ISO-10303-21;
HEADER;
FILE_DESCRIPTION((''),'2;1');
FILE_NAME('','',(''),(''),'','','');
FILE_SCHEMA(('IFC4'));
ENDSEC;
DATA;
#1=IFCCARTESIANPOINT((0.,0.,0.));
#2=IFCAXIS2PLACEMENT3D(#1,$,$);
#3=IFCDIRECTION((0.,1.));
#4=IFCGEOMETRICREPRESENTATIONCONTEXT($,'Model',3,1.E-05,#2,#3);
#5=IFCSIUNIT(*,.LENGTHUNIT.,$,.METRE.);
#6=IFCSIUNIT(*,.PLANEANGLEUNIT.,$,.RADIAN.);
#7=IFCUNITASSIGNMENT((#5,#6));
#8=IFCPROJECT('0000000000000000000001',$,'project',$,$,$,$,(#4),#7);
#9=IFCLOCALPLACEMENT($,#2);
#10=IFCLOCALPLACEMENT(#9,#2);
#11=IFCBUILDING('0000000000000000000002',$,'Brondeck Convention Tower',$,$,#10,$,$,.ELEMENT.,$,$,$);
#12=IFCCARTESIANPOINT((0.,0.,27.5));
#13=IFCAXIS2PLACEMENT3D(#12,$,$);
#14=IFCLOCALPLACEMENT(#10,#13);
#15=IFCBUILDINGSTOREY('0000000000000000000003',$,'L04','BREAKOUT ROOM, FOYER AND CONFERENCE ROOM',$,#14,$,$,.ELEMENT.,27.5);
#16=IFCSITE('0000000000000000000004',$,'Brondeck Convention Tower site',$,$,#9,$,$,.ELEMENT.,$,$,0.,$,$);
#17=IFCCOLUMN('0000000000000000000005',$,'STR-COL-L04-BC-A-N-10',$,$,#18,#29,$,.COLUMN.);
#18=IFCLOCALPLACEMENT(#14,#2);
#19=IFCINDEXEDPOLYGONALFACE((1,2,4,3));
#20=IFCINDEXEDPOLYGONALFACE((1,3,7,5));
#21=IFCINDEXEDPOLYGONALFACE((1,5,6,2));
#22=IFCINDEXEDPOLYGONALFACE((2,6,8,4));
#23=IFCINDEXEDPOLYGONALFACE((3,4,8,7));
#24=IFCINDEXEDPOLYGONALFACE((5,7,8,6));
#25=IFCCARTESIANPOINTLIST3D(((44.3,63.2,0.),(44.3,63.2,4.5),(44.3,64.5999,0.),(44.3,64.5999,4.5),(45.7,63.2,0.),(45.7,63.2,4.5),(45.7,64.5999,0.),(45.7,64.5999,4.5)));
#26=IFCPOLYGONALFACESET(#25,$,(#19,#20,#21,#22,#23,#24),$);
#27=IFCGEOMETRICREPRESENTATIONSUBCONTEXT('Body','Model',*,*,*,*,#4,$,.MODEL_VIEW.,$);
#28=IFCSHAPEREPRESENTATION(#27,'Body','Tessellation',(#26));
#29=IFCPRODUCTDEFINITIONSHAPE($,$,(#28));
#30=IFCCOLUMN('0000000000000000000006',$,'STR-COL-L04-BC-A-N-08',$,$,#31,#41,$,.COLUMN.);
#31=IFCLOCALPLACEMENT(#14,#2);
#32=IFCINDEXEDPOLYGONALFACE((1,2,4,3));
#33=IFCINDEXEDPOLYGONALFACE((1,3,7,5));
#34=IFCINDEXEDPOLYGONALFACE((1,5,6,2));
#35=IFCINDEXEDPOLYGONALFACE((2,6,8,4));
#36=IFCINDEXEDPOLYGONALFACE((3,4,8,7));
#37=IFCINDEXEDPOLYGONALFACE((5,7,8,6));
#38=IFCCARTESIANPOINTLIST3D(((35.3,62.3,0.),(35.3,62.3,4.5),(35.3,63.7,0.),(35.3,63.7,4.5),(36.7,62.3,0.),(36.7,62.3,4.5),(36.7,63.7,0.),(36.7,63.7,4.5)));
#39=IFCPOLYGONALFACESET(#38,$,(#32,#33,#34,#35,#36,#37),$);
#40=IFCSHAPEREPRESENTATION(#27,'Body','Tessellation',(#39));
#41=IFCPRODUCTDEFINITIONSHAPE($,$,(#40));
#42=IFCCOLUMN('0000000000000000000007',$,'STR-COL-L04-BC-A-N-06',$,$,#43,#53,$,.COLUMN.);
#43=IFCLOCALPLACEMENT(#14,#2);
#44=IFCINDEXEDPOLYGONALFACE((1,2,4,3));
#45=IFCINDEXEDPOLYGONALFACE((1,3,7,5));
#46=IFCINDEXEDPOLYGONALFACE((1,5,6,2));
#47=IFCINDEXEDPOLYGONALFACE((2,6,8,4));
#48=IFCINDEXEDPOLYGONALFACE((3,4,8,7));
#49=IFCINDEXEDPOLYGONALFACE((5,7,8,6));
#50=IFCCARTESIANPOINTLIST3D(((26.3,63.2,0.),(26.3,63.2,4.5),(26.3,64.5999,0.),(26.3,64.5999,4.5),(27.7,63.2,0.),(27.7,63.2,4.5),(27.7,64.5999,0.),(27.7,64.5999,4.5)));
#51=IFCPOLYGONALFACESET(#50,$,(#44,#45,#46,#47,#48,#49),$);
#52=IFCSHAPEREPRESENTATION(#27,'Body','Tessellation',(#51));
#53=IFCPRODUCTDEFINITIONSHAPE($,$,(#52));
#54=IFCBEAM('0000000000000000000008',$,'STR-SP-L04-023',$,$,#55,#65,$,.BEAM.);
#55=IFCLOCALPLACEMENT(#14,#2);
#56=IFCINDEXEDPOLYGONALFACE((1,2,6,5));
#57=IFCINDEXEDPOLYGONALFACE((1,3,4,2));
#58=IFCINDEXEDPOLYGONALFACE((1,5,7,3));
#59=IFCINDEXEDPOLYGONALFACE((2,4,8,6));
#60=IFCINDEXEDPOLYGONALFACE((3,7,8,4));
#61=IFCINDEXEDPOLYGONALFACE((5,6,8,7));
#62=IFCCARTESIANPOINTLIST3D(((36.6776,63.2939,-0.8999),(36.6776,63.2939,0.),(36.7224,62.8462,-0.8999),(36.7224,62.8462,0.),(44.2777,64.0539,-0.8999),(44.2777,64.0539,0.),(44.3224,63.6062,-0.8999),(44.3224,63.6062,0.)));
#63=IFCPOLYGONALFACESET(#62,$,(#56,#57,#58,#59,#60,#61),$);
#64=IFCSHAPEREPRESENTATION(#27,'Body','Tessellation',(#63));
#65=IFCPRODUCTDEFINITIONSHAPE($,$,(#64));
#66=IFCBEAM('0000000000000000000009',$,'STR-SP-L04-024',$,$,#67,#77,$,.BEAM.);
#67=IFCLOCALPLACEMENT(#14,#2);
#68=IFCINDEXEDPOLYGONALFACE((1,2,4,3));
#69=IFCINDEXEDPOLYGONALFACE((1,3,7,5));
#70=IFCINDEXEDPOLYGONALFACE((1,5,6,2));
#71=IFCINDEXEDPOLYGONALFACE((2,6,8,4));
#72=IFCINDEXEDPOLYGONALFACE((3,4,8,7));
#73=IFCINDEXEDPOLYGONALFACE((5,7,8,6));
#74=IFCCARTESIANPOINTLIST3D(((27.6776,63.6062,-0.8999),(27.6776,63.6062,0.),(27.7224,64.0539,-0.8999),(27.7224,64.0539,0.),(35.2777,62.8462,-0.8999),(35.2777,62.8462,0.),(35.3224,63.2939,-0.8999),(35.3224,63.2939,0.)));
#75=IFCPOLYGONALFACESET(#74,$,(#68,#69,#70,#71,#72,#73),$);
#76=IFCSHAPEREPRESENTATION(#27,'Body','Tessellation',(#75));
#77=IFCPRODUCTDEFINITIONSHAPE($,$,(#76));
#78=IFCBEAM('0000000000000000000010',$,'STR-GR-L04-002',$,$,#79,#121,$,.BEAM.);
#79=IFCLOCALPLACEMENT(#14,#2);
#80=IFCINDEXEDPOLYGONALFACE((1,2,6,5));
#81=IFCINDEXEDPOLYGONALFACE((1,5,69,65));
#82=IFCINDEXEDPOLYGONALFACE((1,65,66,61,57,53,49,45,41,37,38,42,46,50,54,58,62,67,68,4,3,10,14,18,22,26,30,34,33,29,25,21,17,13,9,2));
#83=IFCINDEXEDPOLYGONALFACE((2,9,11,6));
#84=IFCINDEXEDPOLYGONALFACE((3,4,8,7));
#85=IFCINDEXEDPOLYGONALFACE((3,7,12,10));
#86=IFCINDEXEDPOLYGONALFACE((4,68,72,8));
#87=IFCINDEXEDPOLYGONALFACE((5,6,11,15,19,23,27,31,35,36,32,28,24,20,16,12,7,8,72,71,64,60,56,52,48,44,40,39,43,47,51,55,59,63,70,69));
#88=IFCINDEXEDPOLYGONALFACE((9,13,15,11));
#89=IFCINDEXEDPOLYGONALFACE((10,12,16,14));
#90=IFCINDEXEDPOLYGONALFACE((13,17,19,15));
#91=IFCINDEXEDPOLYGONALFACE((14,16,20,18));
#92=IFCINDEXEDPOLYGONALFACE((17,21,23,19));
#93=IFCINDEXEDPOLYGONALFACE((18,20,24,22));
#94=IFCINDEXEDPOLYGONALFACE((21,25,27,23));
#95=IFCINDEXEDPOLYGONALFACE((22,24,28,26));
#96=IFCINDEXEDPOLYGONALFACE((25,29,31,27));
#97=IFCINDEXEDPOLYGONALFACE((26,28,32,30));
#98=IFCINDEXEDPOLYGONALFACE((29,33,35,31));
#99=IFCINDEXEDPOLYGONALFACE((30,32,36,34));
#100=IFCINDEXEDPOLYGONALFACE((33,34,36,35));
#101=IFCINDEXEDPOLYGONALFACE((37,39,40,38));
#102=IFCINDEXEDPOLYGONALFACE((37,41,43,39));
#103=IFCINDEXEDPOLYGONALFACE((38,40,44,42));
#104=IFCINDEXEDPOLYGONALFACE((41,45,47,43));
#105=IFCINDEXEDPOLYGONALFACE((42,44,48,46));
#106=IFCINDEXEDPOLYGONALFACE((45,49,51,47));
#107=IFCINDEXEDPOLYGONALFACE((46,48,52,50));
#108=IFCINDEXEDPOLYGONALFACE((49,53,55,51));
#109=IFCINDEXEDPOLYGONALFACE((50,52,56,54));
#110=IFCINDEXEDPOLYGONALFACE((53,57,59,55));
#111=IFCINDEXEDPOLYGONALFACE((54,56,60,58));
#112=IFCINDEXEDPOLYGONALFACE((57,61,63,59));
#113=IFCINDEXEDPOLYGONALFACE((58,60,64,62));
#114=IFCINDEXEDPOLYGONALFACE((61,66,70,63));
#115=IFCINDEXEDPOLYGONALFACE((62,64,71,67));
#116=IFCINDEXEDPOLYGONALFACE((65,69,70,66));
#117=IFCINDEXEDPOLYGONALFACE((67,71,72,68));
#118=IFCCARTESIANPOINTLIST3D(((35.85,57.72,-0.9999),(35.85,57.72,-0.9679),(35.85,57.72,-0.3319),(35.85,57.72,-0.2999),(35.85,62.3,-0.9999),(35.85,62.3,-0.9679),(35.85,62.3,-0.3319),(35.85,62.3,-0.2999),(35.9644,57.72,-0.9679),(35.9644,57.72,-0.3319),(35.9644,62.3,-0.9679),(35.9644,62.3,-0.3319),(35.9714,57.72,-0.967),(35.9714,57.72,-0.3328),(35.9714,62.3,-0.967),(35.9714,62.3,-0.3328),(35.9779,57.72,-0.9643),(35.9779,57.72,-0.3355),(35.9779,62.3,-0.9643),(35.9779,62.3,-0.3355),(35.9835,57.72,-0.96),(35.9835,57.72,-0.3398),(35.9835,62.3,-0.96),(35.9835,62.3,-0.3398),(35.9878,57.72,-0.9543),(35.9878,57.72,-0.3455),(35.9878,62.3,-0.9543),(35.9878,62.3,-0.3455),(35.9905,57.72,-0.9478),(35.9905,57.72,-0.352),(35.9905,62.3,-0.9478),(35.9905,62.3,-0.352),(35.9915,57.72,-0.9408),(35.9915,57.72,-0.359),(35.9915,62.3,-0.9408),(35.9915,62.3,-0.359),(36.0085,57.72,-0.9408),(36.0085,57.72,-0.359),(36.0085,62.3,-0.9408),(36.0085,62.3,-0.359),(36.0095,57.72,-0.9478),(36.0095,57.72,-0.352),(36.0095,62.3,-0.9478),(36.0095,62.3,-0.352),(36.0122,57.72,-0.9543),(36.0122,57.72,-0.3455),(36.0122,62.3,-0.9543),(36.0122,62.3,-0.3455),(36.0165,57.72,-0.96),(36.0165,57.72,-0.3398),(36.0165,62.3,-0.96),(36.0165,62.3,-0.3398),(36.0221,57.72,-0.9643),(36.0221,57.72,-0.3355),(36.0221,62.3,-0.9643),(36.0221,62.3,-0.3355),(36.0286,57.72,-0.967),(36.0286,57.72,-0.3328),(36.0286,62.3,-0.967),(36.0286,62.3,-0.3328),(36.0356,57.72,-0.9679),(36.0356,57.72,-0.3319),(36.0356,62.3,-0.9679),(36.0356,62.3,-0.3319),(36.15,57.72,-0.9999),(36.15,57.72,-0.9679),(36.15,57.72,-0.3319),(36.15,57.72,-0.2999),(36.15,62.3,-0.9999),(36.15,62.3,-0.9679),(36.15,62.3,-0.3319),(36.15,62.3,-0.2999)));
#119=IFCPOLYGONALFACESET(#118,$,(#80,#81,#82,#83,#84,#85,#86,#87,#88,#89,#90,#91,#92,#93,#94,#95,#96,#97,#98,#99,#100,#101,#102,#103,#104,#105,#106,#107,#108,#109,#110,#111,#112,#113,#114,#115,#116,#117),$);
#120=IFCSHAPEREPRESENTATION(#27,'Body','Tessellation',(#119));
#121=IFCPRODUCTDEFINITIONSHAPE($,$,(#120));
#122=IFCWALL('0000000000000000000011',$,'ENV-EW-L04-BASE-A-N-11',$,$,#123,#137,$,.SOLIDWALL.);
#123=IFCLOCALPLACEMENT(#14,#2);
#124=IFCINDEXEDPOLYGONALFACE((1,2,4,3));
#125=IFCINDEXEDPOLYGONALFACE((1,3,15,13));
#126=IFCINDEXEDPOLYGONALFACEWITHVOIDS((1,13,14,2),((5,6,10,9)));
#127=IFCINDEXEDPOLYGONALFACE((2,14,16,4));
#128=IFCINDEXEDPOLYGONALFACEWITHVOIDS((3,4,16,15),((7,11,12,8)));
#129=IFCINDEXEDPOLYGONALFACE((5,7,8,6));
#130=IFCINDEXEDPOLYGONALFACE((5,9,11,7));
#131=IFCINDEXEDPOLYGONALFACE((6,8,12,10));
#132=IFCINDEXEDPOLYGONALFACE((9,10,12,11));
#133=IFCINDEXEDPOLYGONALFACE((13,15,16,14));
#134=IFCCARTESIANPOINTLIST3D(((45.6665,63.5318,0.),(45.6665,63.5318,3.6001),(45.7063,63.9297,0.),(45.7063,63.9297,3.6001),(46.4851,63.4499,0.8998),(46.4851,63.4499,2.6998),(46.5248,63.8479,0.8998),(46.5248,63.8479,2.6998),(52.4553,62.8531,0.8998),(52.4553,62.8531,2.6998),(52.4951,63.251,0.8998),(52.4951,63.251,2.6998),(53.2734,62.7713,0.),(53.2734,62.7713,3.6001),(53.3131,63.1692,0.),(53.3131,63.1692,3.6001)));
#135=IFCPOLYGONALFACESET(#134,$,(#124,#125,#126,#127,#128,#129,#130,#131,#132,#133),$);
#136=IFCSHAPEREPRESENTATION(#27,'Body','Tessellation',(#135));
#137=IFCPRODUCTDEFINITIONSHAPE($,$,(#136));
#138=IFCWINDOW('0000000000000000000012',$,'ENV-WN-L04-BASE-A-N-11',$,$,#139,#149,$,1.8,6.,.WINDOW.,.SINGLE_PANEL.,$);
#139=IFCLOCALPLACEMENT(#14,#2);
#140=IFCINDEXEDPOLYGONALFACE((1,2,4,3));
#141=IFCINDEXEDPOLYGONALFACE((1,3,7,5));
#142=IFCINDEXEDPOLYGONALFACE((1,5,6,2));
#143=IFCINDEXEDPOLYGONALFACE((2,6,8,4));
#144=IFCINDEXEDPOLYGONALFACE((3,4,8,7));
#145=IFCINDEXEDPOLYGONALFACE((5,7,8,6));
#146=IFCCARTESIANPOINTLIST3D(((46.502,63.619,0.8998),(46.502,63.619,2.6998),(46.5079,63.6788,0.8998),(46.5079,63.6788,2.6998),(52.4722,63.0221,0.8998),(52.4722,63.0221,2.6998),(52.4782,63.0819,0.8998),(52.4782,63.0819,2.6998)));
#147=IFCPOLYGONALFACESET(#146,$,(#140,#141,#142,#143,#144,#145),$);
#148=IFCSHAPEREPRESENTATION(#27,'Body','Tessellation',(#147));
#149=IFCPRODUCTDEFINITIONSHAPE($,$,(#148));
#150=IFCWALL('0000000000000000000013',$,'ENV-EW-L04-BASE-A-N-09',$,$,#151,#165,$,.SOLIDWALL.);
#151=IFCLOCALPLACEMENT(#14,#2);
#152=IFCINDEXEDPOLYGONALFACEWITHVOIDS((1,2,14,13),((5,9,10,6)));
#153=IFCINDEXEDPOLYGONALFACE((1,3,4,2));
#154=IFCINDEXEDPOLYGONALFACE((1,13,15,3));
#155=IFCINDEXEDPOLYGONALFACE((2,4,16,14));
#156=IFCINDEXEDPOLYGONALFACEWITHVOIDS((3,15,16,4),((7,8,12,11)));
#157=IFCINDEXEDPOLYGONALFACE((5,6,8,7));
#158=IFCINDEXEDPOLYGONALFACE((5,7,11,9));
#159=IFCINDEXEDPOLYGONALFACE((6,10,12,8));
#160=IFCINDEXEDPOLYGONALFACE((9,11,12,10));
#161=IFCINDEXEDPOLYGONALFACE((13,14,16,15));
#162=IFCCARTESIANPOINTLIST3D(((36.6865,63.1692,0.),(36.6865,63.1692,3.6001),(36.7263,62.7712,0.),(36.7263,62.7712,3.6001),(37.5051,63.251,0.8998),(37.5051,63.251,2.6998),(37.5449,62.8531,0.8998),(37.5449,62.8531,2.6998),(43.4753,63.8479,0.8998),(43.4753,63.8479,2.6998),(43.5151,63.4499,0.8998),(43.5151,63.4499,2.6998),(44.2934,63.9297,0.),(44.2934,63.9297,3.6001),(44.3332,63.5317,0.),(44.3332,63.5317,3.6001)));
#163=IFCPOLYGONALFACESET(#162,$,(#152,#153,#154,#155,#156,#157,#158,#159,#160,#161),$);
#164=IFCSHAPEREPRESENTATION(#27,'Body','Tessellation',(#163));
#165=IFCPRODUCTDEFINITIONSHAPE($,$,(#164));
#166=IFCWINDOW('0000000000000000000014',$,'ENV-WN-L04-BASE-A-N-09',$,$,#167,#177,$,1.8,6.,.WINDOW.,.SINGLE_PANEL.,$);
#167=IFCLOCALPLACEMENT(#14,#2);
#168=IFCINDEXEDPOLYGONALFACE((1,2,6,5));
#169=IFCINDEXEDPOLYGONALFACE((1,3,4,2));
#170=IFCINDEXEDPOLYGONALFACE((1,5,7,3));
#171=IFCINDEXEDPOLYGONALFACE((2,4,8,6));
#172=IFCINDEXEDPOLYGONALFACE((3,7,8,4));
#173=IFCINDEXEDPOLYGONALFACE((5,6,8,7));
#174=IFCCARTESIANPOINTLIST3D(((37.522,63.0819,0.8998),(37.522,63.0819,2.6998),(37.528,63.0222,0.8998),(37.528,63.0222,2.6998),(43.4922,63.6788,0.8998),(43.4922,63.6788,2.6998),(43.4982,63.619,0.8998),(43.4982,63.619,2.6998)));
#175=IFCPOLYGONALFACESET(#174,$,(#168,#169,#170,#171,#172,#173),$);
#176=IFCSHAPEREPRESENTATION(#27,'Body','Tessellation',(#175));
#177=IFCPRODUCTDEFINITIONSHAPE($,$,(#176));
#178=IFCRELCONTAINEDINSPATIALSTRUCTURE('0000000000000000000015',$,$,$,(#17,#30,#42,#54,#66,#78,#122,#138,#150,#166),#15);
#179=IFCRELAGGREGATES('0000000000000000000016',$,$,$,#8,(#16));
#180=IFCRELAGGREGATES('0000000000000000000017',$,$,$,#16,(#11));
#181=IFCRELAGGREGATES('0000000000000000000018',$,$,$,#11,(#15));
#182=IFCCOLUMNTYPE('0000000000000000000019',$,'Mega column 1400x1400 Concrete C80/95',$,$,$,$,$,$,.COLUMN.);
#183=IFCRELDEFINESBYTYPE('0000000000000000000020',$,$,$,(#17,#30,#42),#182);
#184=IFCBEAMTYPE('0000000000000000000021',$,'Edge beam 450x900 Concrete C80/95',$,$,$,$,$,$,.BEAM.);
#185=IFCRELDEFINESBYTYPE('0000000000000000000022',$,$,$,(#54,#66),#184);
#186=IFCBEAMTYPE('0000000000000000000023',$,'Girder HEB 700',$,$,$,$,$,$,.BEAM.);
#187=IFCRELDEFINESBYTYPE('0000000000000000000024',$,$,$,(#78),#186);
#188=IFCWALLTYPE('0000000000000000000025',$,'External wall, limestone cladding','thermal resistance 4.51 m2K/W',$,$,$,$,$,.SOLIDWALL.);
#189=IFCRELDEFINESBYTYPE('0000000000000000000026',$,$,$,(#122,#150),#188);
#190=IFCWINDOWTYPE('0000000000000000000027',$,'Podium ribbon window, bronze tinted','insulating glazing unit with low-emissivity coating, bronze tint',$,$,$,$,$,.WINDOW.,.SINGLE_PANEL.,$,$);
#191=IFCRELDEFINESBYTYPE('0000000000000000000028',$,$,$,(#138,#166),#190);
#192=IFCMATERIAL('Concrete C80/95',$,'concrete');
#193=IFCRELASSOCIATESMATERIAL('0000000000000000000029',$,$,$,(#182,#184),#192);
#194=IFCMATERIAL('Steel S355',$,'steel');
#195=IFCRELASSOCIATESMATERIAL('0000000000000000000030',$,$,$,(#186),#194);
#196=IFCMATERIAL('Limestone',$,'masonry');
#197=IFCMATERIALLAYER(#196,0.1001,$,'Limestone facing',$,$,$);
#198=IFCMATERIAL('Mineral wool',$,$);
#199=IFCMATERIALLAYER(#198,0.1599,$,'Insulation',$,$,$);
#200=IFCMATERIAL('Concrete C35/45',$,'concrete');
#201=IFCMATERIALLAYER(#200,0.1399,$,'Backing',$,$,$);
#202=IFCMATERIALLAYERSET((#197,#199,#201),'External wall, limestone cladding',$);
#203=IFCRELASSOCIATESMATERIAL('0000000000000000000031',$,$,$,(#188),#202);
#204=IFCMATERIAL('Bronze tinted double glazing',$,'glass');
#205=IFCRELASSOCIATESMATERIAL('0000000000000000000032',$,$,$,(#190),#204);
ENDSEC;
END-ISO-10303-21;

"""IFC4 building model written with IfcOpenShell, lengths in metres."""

from ifc_helpers import new_model, si_unit, direction, frame, frame_2d, origin, origin_2d, place, context, subcontext, project, spatial, rectangle, i_section, extrude, material, layer, layer_set, material_profile, profile_set, type_object, element, fill, save


model = new_model("IFC4")

# Units and contexts
model_context = context("Model", 3, precision=1e-05, world=origin(), true_north=direction((0.0, 1.0)))
body_context = subcontext(model_context, "Body", "Model", "MODEL_VIEW")
ifc_project = project(units=[si_unit("LENGTHUNIT", "METRE"), si_unit("PLANEANGLEUNIT", "RADIAN")], contexts=[model_context])

# Site, building, storey
site_placement = place(None, origin())
site = spatial("IfcSite", under=ifc_project, at=site_placement, Name="Brondeck Convention Tower site", CompositionType="ELEMENT", RefElevation=0.0)
building_placement = place(site_placement, origin())
building = spatial("IfcBuilding", under=site, at=building_placement, Name="Brondeck Convention Tower", CompositionType="ELEMENT")
storey_placement = place(building_placement, frame((0.0, 0.0, 27.5)))
storey = spatial("IfcBuildingStorey", under=building, at=storey_placement, Name="L04", Description="BREAKOUT ROOM, FOYER AND CONFERENCE ROOM", CompositionType="ELEMENT", Elevation=27.5)

# Columns
ifc_material_1 = material(Name="Concrete C80/95", Category="concrete")
ifc_material_profile_1 = material_profile(ifc_material_1, rectangle(XDim=1.3999, YDim=1.3999, at=origin_2d()), Name="Mega column 1400x1400 Concrete C80/95")
ifc_profile_set_1 = profile_set([ifc_material_profile_1], Name="Concrete C80/95")
column_type = type_object("IfcColumnType", Name="Mega column 1400x1400 Concrete C80/95", PredefinedType="COLUMN", material=ifc_profile_set_1)
for number, where, z_axis, x_axis, name in (
    (1, (45.0, 63.8999, 0.0), (0.0, 0.0, 1.0), (1.0, 0.0, 0.0), "STR-COL-L04-BC-A-N-10"),
    (2, (36.0, 63.0, 0.0), (0.0, 0.0, 1.0), (1.0, 0.0, 0.0), "STR-COL-L04-BC-A-N-08"),
    (3, (27.0, 63.8999, 0.0), (0.0, 0.0, 1.0), (1.0, 0.0, 0.0), "STR-COL-L04-BC-A-N-06"),
):
    element("IfcColumn", number, at=place(storey_placement, frame(where, z_axis=z_axis, x_axis=x_axis)), inside=storey, type_object=column_type, Name=name, PredefinedType="COLUMN", context=body_context, shape_type="SweptSolid", body=[
        extrude(rectangle(XDim=1.3999, YDim=1.3999, at=origin_2d()), origin(), (0.0, 0.0, 1.0), 4.5),
    ])

# Beams
ifc_material_profile_2 = material_profile(ifc_material_1, rectangle(XDim=0.45, YDim=0.8999, at=origin_2d()), Name="Edge beam 450x900 Concrete C80/95")
ifc_profile_set_2 = profile_set([ifc_material_profile_2], Name="Concrete C80/95")
beam_type_1 = type_object("IfcBeamType", Name="Edge beam 450x900 Concrete C80/95", PredefinedType="BEAM", material=ifc_profile_set_2)
for number, where, z_axis, x_axis, name in (
    (4, (44.3, 63.8301, -0.45), (-0.995037, -0.099504, 0.0), (0.099504, -0.995037, 0.0), "STR-SP-L04-023"),
    (5, (35.3, 63.0701, -0.45), (-0.995037, 0.099504, 0.0), (-0.099504, -0.995037, 0.0), "STR-SP-L04-024"),
):
    element("IfcBeam", number, at=place(storey_placement, frame(where, z_axis=z_axis, x_axis=x_axis)), inside=storey, type_object=beam_type_1, Name=name, PredefinedType="BEAM", context=body_context, shape_type="SweptSolid", body=[
        extrude(rectangle(XDim=0.45, YDim=0.8999, at=origin_2d()), origin(), (0.0, 0.0, 1.0), 7.6379),
    ])
ifc_material_2 = material(Name="Steel S355", Category="steel")
ifc_material_profile_3 = material_profile(ifc_material_2, i_section(OverallWidth=0.3, OverallDepth=0.7, WebThickness=0.0171, FlangeThickness=0.032, FilletRadius=0.0271, at=origin_2d()), Name="HEB 700")
ifc_profile_set_3 = profile_set([ifc_material_profile_3], Name="Steel S355")
beam_type_2 = type_object("IfcBeamType", Name="Girder HEB 700", PredefinedType="BEAM", material=ifc_profile_set_3)
beam_placement = place(storey_placement, frame((36.0, 57.72, -0.6499), z_axis=(0.0, 1.0, 0.0), x_axis=(-1.0, 0.0, 0.0)))
element("IfcBeam", 6, at=beam_placement, inside=storey, type_object=beam_type_2, Name="STR-GR-L04-002", PredefinedType="BEAM", context=body_context, shape_type="SweptSolid", body=[
    extrude(i_section(OverallWidth=0.3, OverallDepth=0.7, WebThickness=0.0171, FlangeThickness=0.032, FilletRadius=0.0271, at=origin_2d()), origin(), (0.0, 0.0, 1.0), 4.5801),
])

# Walls, openings, windows
ifc_material_3 = material(Name="Limestone", Category="masonry")
ifc_layer_1 = layer(ifc_material_3, 0.1001, Name="Limestone facing")
ifc_material_4 = material(Name="Mineral wool")
ifc_layer_2 = layer(ifc_material_4, 0.1599, Name="Insulation")
ifc_material_5 = material(Name="Concrete C35/45", Category="concrete")
ifc_layer_3 = layer(ifc_material_5, 0.1399, Name="Backing")
ifc_layer_set_1 = layer_set([ifc_layer_1, ifc_layer_2, ifc_layer_3], Name="External wall, limestone cladding")
wall_type_1 = type_object("IfcWallType", Name="External wall, limestone cladding", Description="thermal resistance 4.51 m2K/W", PredefinedType="SOLIDWALL", material=ifc_layer_set_1)
wall_1_placement = place(storey_placement, frame((45.6865, 63.7307, 0.0), z_axis=(0.0, 0.0, 1.0), x_axis=(0.99504, -0.099478, 0.0)))
wall_1 = element("IfcWall", 7, at=wall_1_placement, inside=storey, type_object=wall_type_1, Name="ENV-EW-L04-BASE-A-N-11", PredefinedType="SOLIDWALL", context=body_context, shape_type="SweptSolid", body=[
    extrude(rectangle(XDim=7.6448, YDim=0.3999, at=frame_2d((3.8223, 0.0))), origin(), (0.0, 0.0, 1.0), 3.6001),
])
opening_1_placement = place(wall_1_placement, frame((0.8225, 0.0, 0.8999)))
opening_1 = element("IfcOpeningElement", 8, at=opening_1_placement, cuts=wall_1, PredefinedType="OPENING", context=body_context, shape_type="SweptSolid", body=[
    extrude(rectangle(XDim=6.0, YDim=1.8, at=frame_2d((3.0, 0.8999))), frame((0.0, 0.21, 0.0), z_axis=(0.0, -1.0, 0.0), x_axis=(1.0, 0.0, 0.0)), (0.0, 0.0, 1.0), 0.4199),
])
ifc_material_6 = material(Name="Bronze tinted double glazing", Category="glass")
window_type = type_object("IfcWindowType", Name="Podium ribbon window, bronze tinted", Description="insulating glazing unit with low-emissivity coating, bronze tint", PartitioningType="SINGLE_PANEL", PredefinedType="WINDOW", material=ifc_material_6)
window_1_placement = place(opening_1_placement, origin())
window_1 = element("IfcWindow", 9, at=window_1_placement, inside=storey, type_object=window_type, Name="ENV-WN-L04-BASE-A-N-11", OverallHeight=1.8, OverallWidth=6.0, PartitioningType="SINGLE_PANEL", PredefinedType="WINDOW", context=body_context, shape_type="SweptSolid", body=[
    extrude(rectangle(XDim=6.0, YDim=1.8, at=frame_2d((3.0, 0.8999))), frame((0.0, 0.03, 0.0), z_axis=(0.0, -1.0, 0.0), x_axis=(1.0, 0.0, 0.0)), (0.0, 0.0, 1.0), 0.0601),
])
fill(opening_1, window_1)
wall_2_placement = place(storey_placement, frame((36.7065, 62.9702, 0.0), z_axis=(0.0, 0.0, 1.0), x_axis=(0.99504, 0.099478, 0.0)))
wall_2 = element("IfcWall", 10, at=wall_2_placement, inside=storey, type_object=wall_type_1, Name="ENV-EW-L04-BASE-A-N-09", PredefinedType="SOLIDWALL", context=body_context, shape_type="SweptSolid", body=[
    extrude(rectangle(XDim=7.6448, YDim=0.3999, at=frame_2d((3.8223, 0.0))), origin(), (0.0, 0.0, 1.0), 3.6001),
])
opening_2_placement = place(wall_2_placement, frame((0.8225, 0.0, 0.8999)))
opening_2 = element("IfcOpeningElement", 11, at=opening_2_placement, cuts=wall_2, PredefinedType="OPENING", context=body_context, shape_type="SweptSolid", body=[
    extrude(rectangle(XDim=6.0, YDim=1.8, at=frame_2d((3.0, 0.8999))), frame((0.0, 0.21, 0.0), z_axis=(0.0, -1.0, 0.0), x_axis=(1.0, 0.0, 0.0)), (0.0, 0.0, 1.0), 0.4199),
])
window_2_placement = place(opening_2_placement, origin())
window_2 = element("IfcWindow", 12, at=window_2_placement, inside=storey, type_object=window_type, Name="ENV-WN-L04-BASE-A-N-09", OverallHeight=1.8, OverallWidth=6.0, PartitioningType="SINGLE_PANEL", PredefinedType="WINDOW", context=body_context, shape_type="SweptSolid", body=[
    extrude(rectangle(XDim=6.0, YDim=1.8, at=frame_2d((3.0, 0.8999))), frame((0.0, 0.03, 0.0), z_axis=(0.0, -1.0, 0.0), x_axis=(1.0, 0.0, 0.0)), (0.0, 0.0, 1.0), 0.0601),
])
fill(opening_2, window_2)

save(model, "model.ifc")
